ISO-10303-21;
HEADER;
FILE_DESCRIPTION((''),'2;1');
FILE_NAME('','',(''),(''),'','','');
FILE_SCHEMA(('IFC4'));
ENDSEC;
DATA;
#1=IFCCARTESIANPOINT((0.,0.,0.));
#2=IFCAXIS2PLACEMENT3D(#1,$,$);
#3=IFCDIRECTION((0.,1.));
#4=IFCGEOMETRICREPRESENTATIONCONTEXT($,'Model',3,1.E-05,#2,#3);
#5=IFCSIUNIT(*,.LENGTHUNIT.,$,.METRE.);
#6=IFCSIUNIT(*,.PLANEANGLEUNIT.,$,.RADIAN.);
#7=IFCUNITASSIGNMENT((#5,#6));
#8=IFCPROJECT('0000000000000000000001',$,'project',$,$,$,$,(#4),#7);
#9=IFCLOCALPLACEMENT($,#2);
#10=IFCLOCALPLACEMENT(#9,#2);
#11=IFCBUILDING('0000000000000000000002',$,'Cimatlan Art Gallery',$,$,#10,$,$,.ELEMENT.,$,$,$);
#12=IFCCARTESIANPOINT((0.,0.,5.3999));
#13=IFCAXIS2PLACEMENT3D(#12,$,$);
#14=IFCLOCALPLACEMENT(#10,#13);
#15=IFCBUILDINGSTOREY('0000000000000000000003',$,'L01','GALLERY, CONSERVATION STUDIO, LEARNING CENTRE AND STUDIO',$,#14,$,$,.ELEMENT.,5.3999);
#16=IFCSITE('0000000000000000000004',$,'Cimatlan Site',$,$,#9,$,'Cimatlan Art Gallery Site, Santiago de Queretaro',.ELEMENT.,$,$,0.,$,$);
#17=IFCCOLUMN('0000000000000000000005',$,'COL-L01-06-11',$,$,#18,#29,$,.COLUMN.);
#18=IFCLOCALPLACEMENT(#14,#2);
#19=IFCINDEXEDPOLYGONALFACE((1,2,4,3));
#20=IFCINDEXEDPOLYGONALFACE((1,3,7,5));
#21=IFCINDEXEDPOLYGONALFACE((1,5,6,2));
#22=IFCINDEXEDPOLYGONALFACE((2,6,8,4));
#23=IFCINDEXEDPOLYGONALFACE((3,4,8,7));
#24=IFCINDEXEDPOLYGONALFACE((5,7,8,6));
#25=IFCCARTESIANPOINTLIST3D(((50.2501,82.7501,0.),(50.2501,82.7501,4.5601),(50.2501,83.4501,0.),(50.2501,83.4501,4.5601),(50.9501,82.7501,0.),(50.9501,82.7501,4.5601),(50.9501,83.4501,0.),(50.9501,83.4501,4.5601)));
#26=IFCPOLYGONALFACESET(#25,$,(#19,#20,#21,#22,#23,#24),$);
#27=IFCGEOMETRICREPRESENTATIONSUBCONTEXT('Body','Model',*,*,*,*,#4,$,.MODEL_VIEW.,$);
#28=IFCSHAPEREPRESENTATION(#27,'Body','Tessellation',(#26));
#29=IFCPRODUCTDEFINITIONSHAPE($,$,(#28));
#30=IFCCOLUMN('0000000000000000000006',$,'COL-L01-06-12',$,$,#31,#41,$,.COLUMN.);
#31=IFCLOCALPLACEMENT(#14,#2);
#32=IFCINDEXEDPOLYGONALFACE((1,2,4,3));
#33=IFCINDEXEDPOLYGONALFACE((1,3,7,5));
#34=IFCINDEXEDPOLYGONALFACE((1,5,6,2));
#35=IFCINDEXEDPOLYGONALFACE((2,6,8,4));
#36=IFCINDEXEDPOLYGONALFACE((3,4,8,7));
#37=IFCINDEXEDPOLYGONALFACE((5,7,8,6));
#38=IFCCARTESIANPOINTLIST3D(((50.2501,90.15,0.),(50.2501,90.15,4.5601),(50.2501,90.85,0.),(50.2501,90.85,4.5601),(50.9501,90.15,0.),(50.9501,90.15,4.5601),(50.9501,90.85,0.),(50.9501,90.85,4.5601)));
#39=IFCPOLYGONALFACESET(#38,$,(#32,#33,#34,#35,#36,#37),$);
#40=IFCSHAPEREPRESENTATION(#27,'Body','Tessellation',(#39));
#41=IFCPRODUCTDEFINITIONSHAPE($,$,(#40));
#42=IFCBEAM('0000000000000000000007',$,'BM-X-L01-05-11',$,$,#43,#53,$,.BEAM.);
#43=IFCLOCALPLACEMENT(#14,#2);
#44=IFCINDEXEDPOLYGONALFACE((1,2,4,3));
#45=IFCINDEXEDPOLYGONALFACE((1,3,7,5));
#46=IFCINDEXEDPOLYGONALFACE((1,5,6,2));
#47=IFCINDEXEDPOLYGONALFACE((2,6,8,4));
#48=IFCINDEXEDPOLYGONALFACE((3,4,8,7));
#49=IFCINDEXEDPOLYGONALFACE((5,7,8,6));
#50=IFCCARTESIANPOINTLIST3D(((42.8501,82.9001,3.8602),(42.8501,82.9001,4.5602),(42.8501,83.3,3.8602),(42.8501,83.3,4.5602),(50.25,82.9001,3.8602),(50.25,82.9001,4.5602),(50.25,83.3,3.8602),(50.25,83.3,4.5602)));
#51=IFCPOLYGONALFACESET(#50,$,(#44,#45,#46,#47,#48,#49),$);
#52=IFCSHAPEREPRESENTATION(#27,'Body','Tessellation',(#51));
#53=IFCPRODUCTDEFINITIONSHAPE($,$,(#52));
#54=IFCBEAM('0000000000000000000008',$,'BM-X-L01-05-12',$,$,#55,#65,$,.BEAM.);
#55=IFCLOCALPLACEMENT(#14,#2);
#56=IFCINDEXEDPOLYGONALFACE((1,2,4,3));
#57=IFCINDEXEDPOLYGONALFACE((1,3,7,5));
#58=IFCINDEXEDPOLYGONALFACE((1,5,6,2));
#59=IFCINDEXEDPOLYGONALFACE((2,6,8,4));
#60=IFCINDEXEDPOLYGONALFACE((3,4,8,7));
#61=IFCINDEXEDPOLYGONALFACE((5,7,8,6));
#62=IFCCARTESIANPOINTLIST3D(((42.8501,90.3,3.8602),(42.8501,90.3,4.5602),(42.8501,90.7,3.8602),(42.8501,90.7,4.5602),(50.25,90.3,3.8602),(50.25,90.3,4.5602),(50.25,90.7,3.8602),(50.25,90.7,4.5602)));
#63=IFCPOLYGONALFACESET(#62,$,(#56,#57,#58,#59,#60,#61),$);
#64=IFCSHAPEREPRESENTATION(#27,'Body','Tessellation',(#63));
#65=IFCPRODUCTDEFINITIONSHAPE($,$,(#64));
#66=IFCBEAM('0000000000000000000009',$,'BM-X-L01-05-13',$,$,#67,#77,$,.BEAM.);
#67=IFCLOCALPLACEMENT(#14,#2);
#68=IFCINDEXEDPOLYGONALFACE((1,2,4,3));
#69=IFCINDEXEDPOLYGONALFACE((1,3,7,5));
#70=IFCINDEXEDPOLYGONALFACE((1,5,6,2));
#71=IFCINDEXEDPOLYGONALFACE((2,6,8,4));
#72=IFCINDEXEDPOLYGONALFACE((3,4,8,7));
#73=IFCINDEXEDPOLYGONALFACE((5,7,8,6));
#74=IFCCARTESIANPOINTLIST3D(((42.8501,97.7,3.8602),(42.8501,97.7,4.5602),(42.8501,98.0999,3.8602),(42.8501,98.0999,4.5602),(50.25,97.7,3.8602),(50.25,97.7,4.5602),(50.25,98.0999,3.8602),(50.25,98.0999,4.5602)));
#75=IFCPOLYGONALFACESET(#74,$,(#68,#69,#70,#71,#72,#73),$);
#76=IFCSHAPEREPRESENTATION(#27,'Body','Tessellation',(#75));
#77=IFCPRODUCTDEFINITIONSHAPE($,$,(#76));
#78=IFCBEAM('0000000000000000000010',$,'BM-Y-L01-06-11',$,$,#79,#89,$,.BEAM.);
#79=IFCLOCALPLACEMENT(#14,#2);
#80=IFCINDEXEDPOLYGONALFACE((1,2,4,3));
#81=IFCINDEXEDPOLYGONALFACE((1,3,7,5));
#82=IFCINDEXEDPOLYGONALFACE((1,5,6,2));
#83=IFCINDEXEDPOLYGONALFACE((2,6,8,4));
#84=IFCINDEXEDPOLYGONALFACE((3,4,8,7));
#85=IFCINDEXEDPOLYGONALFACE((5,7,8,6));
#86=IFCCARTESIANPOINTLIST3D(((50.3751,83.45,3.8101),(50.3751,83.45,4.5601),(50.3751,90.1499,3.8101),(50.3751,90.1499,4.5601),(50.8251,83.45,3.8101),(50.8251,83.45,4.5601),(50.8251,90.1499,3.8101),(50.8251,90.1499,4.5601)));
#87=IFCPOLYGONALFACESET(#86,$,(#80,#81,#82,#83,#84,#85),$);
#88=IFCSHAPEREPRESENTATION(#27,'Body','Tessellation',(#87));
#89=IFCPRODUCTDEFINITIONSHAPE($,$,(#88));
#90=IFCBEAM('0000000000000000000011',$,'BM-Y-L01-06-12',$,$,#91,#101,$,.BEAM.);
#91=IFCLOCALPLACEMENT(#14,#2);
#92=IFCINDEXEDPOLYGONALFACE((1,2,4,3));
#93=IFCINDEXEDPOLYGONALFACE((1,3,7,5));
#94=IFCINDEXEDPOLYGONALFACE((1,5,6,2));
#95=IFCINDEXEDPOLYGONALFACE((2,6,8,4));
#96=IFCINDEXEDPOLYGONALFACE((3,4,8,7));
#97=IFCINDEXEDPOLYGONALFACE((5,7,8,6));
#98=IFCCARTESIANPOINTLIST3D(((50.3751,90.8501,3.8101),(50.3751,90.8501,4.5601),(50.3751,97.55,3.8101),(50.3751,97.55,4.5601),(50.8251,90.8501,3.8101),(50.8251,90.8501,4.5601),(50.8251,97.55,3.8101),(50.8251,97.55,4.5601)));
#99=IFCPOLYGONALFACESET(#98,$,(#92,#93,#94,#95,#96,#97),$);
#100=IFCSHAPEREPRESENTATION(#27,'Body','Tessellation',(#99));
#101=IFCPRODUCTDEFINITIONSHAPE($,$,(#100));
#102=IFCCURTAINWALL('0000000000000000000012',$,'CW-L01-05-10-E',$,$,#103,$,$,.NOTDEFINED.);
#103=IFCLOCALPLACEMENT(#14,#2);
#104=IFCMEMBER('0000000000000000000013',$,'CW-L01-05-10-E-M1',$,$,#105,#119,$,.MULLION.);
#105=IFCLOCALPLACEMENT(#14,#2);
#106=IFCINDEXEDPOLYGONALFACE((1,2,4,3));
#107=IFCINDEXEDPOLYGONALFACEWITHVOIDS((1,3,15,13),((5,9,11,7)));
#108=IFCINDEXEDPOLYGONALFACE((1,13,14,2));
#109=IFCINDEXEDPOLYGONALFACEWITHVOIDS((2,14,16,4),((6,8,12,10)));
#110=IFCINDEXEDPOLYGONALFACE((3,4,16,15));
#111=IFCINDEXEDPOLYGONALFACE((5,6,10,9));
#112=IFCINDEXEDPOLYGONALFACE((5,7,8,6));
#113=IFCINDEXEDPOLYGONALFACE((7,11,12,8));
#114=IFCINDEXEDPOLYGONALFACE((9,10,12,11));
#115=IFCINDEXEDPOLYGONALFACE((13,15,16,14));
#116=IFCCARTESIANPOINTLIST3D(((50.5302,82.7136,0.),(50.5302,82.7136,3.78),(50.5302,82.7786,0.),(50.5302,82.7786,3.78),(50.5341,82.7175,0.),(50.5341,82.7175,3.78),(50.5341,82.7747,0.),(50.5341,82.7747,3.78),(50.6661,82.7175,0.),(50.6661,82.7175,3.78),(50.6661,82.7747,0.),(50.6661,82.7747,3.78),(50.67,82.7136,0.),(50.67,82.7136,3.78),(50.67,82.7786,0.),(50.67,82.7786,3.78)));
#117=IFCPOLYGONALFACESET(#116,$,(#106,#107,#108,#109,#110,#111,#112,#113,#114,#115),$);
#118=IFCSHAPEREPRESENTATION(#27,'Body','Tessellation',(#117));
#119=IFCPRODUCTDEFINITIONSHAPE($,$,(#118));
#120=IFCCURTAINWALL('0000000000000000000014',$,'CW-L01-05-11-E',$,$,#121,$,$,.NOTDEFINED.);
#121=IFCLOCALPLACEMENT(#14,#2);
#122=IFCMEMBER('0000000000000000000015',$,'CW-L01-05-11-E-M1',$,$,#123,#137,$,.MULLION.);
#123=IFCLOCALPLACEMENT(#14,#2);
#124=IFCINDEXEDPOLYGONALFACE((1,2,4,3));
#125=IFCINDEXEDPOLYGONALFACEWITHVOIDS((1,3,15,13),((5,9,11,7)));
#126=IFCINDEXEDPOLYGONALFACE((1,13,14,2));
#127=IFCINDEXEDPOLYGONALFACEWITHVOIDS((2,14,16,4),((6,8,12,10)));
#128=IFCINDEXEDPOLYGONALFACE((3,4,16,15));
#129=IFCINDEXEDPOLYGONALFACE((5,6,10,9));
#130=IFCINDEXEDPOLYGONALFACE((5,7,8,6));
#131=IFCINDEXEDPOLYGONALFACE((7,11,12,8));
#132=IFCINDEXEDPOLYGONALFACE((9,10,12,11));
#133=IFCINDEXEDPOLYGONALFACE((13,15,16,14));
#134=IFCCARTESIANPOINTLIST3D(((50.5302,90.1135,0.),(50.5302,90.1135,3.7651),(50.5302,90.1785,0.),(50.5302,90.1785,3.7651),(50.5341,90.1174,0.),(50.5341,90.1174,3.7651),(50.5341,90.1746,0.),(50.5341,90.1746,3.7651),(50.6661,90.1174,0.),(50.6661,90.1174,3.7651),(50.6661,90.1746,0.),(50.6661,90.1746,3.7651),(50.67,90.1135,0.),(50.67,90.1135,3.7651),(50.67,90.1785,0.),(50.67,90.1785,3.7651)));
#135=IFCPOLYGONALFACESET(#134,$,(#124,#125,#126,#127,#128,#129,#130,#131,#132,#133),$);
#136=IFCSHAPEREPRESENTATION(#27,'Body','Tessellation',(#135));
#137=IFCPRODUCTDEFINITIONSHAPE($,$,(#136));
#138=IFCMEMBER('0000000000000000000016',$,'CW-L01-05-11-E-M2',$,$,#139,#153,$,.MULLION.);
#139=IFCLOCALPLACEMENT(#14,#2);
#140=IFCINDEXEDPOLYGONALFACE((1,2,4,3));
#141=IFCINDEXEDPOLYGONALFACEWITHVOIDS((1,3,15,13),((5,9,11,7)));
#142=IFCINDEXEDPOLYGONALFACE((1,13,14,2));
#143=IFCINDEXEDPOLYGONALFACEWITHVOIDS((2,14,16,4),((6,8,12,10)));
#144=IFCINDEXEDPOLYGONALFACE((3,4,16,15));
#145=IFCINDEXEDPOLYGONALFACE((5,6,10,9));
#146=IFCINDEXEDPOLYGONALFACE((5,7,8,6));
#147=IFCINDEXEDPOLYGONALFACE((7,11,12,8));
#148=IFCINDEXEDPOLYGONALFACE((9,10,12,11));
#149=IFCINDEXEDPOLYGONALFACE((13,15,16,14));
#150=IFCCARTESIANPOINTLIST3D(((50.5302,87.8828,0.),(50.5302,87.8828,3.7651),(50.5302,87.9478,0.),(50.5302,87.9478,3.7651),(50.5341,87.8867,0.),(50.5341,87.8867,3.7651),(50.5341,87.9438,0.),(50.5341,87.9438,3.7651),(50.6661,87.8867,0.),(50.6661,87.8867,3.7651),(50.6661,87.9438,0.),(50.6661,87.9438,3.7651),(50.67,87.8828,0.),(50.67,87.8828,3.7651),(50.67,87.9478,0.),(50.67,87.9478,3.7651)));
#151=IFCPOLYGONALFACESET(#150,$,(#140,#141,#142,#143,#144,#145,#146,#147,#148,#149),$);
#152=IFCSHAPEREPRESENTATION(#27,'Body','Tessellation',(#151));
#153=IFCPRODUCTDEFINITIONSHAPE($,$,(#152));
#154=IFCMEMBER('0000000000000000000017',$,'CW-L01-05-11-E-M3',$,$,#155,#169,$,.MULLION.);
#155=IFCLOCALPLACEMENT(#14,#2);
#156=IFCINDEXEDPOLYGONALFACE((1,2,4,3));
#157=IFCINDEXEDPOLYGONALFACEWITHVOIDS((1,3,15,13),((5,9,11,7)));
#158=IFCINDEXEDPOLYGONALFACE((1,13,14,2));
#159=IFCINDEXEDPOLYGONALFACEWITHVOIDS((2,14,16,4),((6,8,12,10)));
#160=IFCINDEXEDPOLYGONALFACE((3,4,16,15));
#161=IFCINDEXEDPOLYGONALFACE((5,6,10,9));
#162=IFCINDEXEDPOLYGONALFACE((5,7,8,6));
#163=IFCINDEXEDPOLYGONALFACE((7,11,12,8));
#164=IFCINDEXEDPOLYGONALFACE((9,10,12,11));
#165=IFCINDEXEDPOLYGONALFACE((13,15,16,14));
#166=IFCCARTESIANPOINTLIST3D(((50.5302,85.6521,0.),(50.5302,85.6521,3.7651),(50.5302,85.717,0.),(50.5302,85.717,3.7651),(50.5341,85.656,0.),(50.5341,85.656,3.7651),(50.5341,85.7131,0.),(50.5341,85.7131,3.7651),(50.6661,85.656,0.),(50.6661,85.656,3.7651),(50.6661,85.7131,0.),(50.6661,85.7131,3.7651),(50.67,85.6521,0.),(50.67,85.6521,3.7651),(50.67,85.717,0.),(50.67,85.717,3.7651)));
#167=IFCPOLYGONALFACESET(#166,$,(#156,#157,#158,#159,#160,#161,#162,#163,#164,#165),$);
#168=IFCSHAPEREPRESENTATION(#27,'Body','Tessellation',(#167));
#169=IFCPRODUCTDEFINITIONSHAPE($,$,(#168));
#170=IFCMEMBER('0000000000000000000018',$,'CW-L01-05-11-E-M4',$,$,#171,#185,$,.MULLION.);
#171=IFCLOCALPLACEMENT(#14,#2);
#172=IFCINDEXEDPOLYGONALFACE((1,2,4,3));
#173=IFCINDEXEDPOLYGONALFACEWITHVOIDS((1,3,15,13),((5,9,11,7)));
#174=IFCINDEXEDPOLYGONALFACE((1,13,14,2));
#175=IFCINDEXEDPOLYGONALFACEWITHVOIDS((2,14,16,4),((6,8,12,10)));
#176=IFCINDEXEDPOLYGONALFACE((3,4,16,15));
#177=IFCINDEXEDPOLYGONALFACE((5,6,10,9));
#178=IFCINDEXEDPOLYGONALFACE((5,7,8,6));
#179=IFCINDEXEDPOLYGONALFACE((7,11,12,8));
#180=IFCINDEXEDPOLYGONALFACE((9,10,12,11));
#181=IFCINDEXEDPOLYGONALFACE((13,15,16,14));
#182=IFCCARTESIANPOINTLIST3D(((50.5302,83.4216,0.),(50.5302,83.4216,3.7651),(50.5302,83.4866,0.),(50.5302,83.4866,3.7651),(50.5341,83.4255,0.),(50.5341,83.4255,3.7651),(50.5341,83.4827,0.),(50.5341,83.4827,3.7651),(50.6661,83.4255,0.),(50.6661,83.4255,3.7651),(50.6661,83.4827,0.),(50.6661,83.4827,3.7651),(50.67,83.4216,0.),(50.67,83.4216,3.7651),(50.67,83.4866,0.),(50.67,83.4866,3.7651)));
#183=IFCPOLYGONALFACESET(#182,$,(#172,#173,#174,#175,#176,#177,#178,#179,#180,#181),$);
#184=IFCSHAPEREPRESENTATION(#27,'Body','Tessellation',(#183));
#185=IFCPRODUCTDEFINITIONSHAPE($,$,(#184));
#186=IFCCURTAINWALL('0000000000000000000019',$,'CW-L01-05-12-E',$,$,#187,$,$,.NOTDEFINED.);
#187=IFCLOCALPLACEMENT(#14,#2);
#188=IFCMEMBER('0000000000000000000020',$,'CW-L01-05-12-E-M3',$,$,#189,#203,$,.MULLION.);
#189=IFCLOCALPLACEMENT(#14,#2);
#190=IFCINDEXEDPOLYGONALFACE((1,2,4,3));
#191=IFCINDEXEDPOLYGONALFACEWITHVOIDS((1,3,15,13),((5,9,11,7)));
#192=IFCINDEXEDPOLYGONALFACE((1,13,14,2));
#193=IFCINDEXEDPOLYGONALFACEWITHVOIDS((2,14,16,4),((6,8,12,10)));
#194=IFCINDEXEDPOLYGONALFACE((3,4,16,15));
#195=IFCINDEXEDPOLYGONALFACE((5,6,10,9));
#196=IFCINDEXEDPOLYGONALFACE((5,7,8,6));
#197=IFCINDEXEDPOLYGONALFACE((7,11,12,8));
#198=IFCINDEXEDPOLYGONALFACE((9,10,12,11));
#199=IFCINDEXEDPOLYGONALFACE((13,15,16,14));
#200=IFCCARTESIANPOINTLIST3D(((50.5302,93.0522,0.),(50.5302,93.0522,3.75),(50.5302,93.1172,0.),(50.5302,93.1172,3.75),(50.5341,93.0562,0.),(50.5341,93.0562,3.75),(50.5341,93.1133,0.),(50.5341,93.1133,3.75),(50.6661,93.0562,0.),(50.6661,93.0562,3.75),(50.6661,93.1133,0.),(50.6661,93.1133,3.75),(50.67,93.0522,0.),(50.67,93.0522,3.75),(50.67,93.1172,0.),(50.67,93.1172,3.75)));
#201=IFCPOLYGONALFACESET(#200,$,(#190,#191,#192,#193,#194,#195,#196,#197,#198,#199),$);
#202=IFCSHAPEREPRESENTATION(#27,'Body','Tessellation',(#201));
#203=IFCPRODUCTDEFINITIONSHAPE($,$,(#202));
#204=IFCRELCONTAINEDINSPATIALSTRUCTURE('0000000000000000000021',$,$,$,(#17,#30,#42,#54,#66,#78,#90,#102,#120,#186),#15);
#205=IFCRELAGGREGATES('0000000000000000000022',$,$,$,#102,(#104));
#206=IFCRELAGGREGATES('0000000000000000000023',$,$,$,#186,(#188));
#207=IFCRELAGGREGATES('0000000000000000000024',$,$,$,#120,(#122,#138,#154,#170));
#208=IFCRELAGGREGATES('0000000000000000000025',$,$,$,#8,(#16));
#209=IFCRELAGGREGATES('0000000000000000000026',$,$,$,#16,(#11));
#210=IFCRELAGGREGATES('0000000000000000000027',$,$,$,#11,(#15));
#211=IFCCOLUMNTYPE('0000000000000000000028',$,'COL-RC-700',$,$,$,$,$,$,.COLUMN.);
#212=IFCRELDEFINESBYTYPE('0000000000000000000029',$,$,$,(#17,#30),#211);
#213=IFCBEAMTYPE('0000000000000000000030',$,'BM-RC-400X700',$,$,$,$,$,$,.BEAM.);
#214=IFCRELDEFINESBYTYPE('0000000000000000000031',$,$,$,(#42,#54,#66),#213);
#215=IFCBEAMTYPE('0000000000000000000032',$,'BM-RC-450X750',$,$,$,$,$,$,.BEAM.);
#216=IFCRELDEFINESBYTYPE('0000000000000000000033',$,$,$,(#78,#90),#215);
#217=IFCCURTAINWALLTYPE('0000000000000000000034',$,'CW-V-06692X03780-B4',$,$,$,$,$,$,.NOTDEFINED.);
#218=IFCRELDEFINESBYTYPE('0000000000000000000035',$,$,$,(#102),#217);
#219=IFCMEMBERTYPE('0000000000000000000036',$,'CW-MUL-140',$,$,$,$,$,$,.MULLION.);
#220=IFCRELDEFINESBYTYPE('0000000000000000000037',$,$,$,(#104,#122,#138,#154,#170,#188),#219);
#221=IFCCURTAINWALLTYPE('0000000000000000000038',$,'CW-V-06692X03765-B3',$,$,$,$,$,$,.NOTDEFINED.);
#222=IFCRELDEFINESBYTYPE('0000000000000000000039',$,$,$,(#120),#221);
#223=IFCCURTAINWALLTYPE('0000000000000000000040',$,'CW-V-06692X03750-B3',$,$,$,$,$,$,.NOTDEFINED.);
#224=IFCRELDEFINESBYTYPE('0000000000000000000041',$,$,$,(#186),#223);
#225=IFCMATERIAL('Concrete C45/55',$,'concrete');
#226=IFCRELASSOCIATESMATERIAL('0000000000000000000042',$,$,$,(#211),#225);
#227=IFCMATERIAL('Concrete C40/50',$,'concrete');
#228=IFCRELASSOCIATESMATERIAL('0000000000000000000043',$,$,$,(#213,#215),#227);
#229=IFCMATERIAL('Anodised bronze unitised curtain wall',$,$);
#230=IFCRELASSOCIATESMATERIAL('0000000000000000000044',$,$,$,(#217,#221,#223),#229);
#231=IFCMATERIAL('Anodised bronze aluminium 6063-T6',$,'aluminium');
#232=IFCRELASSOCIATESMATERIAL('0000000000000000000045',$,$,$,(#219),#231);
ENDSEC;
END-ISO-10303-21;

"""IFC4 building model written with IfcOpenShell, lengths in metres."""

from ifc_helpers import new_model, si_unit, direction, frame, origin, origin_2d, place, context, subcontext, project, spatial, rectangle, hollow_rectangle, extrude, material, material_profile, profile_set, type_object, element, aggregate, save


model = new_model("IFC4")

# Units and contexts
model_context = context("Model", 3, precision=1e-05, world=origin(), true_north=direction((0.0, 1.0)))
body_context = subcontext(model_context, "Body", "Model", "MODEL_VIEW")
ifc_project = project(units=[si_unit("LENGTHUNIT", "METRE"), si_unit("PLANEANGLEUNIT", "RADIAN")], contexts=[model_context])

# Site, building, storey
site_placement = place(None, origin())
site = spatial("IfcSite", under=ifc_project, at=site_placement, Name="Cimatlan Site", LongName="Cimatlan Art Gallery Site, Santiago de Queretaro", CompositionType="ELEMENT", RefElevation=0.0)
building_placement = place(site_placement, origin())
building = spatial("IfcBuilding", under=site, at=building_placement, Name="Cimatlan Art Gallery", CompositionType="ELEMENT")
storey_placement = place(building_placement, frame((0.0, 0.0, 5.3999)))
storey = spatial("IfcBuildingStorey", under=building, at=storey_placement, Name="L01", Description="GALLERY, CONSERVATION STUDIO, LEARNING CENTRE AND STUDIO", CompositionType="ELEMENT", Elevation=5.3999)

# Columns
ifc_material_1 = material(Name="Concrete C45/55", Category="concrete")
ifc_material_profile_1 = material_profile(ifc_material_1, rectangle(XDim=0.7, YDim=0.7, at=origin_2d()), Name="RC700X700")
ifc_profile_set_1 = profile_set([ifc_material_profile_1], Name="Concrete C45/55")
column_type = type_object("IfcColumnType", Name="COL-RC-700", PredefinedType="COLUMN", material=ifc_profile_set_1)
for number, where, z_axis, x_axis, name in (
    (1, (50.6001, 83.1001, 0.0), (0.0, 0.0, 1.0), (1.0, 0.0, 0.0), "COL-L01-06-11"),
    (2, (50.6001, 90.5, 0.0), (0.0, 0.0, 1.0), (1.0, 0.0, 0.0), "COL-L01-06-12"),
):
    element("IfcColumn", number, at=place(storey_placement, frame(where, z_axis=z_axis, x_axis=x_axis)), inside=storey, type_object=column_type, Name=name, PredefinedType="COLUMN", context=body_context, shape_type="SweptSolid", body=[
        extrude(rectangle(XDim=0.7, YDim=0.7, at=origin_2d()), origin(), (0.0, 0.0, 1.0), 4.5601),
    ])

# Beams
ifc_material_2 = material(Name="Concrete C40/50", Category="concrete")
ifc_material_profile_2 = material_profile(ifc_material_2, rectangle(XDim=0.3999, YDim=0.7, at=origin_2d()), Name="RC400X700")
ifc_profile_set_2 = profile_set([ifc_material_profile_2], Name="Concrete C40/50")
beam_type_1 = type_object("IfcBeamType", Name="BM-RC-400X700", PredefinedType="BEAM", material=ifc_profile_set_2)
for number, where, z_axis, x_axis, name in (
    (3, (42.8501, 83.1001, 4.2102), (1.0, 0.0, 0.0), (0.0, 1.0, 0.0), "BM-X-L01-05-11"),
    (4, (42.8501, 90.5, 4.2102), (1.0, 0.0, 0.0), (0.0, 1.0, 0.0), "BM-X-L01-05-12"),
    (5, (42.8501, 97.8999, 4.2102), (1.0, 0.0, 0.0), (0.0, 1.0, 0.0), "BM-X-L01-05-13"),
):
    element("IfcBeam", number, at=place(storey_placement, frame(where, z_axis=z_axis, x_axis=x_axis)), inside=storey, type_object=beam_type_1, Name=name, PredefinedType="BEAM", context=body_context, shape_type="SweptSolid", body=[
        extrude(rectangle(XDim=0.3999, YDim=0.7, at=origin_2d()), origin(), (0.0, 0.0, 1.0), 7.3999),
    ])
ifc_material_profile_3 = material_profile(ifc_material_2, rectangle(XDim=0.45, YDim=0.75, at=origin_2d()), Name="RC450X750")
ifc_profile_set_3 = profile_set([ifc_material_profile_3], Name="Concrete C40/50")
beam_type_2 = type_object("IfcBeamType", Name="BM-RC-450X750", PredefinedType="BEAM", material=ifc_profile_set_3)
for number, where, z_axis, x_axis, name in (
    (6, (50.6001, 83.45, 4.1851), (0.0, 1.0, 0.0), (-1.0, 0.0, 0.0), "BM-Y-L01-06-11"),
    (7, (50.6001, 90.8501, 4.1851), (0.0, 1.0, 0.0), (-1.0, 0.0, 0.0), "BM-Y-L01-06-12"),
):
    element("IfcBeam", number, at=place(storey_placement, frame(where, z_axis=z_axis, x_axis=x_axis)), inside=storey, type_object=beam_type_2, Name=name, PredefinedType="BEAM", context=body_context, shape_type="SweptSolid", body=[
        extrude(rectangle(XDim=0.45, YDim=0.75, at=origin_2d()), origin(), (0.0, 0.0, 1.0), 6.7),
    ])

# Curtain wall, member
ifc_material_3 = material(Name="Anodised bronze unitised curtain wall")
curtain_wall_type_1 = type_object("IfcCurtainWallType", Name="CW-V-06692X03780-B4", PredefinedType="NOTDEFINED", material=ifc_material_3)
curtain_wall_1_placement = place(storey_placement, origin())
curtain_wall_1 = element("IfcCurtainWall", 8, at=curtain_wall_1_placement, inside=storey, type_object=curtain_wall_type_1, Name="CW-L01-05-10-E", PredefinedType="NOTDEFINED")
ifc_material_4 = material(Name="Anodised bronze aluminium 6063-T6", Category="aluminium")
ifc_material_profile_4 = material_profile(ifc_material_4, hollow_rectangle(XDim=0.0649, YDim=0.1399, WallThickness=0.0039, at=origin_2d()), Name="ALU65X140X4")
ifc_profile_set_4 = profile_set([ifc_material_profile_4], Name="Anodised bronze aluminium 6063-T6")
member_type_1 = type_object("IfcMemberType", Name="CW-MUL-140", PredefinedType="MULLION", material=ifc_profile_set_4)
member_1_placement = place(storey_placement, frame((50.6001, 82.7461, 0.0), z_axis=(0.0, 0.0, 1.0), x_axis=(0.0, 1.0, 0.0)))
member_1 = element("IfcMember", 9, at=member_1_placement, type_object=member_type_1, Name="CW-L01-05-10-E-M1", PredefinedType="MULLION", context=body_context, shape_type="SweptSolid", body=[
    extrude(hollow_rectangle(XDim=0.0649, YDim=0.1399, WallThickness=0.0039, at=origin_2d()), origin(), (0.0, 0.0, 1.0), 3.78),
])

# Curtain walls, members
curtain_wall_type_2 = type_object("IfcCurtainWallType", Name="CW-V-06692X03765-B3", PredefinedType="NOTDEFINED", material=ifc_material_3)
curtain_wall_2_placement = place(storey_placement, origin())
curtain_wall_2 = element("IfcCurtainWall", 10, at=curtain_wall_2_placement, inside=storey, type_object=curtain_wall_type_2, Name="CW-L01-05-11-E", PredefinedType="NOTDEFINED")
member_2_placement = place(storey_placement, frame((50.6001, 90.146, 0.0), z_axis=(0.0, 0.0, 1.0), x_axis=(0.0, 1.0, 0.0)))
member_2 = element("IfcMember", 11, at=member_2_placement, type_object=member_type_1, Name="CW-L01-05-11-E-M1", PredefinedType="MULLION", context=body_context, shape_type="SweptSolid", body=[
    extrude(hollow_rectangle(XDim=0.0649, YDim=0.1399, WallThickness=0.0039, at=origin_2d()), origin(), (0.0, 0.0, 1.0), 3.7651),
])
member_3_placement = place(storey_placement, frame((50.6001, 87.9153, 0.0), z_axis=(0.0, 0.0, 1.0), x_axis=(0.0, 1.0, 0.0)))
member_3 = element("IfcMember", 12, at=member_3_placement, type_object=member_type_1, Name="CW-L01-05-11-E-M2", PredefinedType="MULLION", context=body_context, shape_type="SweptSolid", body=[
    extrude(hollow_rectangle(XDim=0.0649, YDim=0.1399, WallThickness=0.0039, at=origin_2d()), origin(), (0.0, 0.0, 1.0), 3.7651),
])
member_4_placement = place(storey_placement, frame((50.6001, 85.6846, 0.0), z_axis=(0.0, 0.0, 1.0), x_axis=(0.0, 1.0, 0.0)))
member_4 = element("IfcMember", 13, at=member_4_placement, type_object=member_type_1, Name="CW-L01-05-11-E-M3", PredefinedType="MULLION", context=body_context, shape_type="SweptSolid", body=[
    extrude(hollow_rectangle(XDim=0.0649, YDim=0.1399, WallThickness=0.0039, at=origin_2d()), origin(), (0.0, 0.0, 1.0), 3.7651),
])
member_5_placement = place(storey_placement, frame((50.6001, 83.4541, 0.0), z_axis=(0.0, 0.0, 1.0), x_axis=(0.0, 1.0, 0.0)))
member_5 = element("IfcMember", 14, at=member_5_placement, type_object=member_type_1, Name="CW-L01-05-11-E-M4", PredefinedType="MULLION", context=body_context, shape_type="SweptSolid", body=[
    extrude(hollow_rectangle(XDim=0.0649, YDim=0.1399, WallThickness=0.0039, at=origin_2d()), origin(), (0.0, 0.0, 1.0), 3.7651),
])
curtain_wall_type_3 = type_object("IfcCurtainWallType", Name="CW-V-06692X03750-B3", PredefinedType="NOTDEFINED", material=ifc_material_3)
curtain_wall_3_placement = place(storey_placement, origin())
curtain_wall_3 = element("IfcCurtainWall", 15, at=curtain_wall_3_placement, inside=storey, type_object=curtain_wall_type_3, Name="CW-L01-05-12-E", PredefinedType="NOTDEFINED")
member_6_placement = place(storey_placement, frame((50.6001, 93.0847, 0.0), z_axis=(0.0, 0.0, 1.0), x_axis=(0.0, 1.0, 0.0)))
member_6 = element("IfcMember", 16, at=member_6_placement, type_object=member_type_1, Name="CW-L01-05-12-E-M3", PredefinedType="MULLION", context=body_context, shape_type="SweptSolid", body=[
    extrude(hollow_rectangle(XDim=0.0649, YDim=0.1399, WallThickness=0.0039, at=origin_2d()), origin(), (0.0, 0.0, 1.0), 3.75),
])

aggregate(curtain_wall_1, [member_1])
aggregate(curtain_wall_3, [member_6])
aggregate(curtain_wall_2, [member_2, member_3, member_4, member_5])

save(model, "model.ifc")
